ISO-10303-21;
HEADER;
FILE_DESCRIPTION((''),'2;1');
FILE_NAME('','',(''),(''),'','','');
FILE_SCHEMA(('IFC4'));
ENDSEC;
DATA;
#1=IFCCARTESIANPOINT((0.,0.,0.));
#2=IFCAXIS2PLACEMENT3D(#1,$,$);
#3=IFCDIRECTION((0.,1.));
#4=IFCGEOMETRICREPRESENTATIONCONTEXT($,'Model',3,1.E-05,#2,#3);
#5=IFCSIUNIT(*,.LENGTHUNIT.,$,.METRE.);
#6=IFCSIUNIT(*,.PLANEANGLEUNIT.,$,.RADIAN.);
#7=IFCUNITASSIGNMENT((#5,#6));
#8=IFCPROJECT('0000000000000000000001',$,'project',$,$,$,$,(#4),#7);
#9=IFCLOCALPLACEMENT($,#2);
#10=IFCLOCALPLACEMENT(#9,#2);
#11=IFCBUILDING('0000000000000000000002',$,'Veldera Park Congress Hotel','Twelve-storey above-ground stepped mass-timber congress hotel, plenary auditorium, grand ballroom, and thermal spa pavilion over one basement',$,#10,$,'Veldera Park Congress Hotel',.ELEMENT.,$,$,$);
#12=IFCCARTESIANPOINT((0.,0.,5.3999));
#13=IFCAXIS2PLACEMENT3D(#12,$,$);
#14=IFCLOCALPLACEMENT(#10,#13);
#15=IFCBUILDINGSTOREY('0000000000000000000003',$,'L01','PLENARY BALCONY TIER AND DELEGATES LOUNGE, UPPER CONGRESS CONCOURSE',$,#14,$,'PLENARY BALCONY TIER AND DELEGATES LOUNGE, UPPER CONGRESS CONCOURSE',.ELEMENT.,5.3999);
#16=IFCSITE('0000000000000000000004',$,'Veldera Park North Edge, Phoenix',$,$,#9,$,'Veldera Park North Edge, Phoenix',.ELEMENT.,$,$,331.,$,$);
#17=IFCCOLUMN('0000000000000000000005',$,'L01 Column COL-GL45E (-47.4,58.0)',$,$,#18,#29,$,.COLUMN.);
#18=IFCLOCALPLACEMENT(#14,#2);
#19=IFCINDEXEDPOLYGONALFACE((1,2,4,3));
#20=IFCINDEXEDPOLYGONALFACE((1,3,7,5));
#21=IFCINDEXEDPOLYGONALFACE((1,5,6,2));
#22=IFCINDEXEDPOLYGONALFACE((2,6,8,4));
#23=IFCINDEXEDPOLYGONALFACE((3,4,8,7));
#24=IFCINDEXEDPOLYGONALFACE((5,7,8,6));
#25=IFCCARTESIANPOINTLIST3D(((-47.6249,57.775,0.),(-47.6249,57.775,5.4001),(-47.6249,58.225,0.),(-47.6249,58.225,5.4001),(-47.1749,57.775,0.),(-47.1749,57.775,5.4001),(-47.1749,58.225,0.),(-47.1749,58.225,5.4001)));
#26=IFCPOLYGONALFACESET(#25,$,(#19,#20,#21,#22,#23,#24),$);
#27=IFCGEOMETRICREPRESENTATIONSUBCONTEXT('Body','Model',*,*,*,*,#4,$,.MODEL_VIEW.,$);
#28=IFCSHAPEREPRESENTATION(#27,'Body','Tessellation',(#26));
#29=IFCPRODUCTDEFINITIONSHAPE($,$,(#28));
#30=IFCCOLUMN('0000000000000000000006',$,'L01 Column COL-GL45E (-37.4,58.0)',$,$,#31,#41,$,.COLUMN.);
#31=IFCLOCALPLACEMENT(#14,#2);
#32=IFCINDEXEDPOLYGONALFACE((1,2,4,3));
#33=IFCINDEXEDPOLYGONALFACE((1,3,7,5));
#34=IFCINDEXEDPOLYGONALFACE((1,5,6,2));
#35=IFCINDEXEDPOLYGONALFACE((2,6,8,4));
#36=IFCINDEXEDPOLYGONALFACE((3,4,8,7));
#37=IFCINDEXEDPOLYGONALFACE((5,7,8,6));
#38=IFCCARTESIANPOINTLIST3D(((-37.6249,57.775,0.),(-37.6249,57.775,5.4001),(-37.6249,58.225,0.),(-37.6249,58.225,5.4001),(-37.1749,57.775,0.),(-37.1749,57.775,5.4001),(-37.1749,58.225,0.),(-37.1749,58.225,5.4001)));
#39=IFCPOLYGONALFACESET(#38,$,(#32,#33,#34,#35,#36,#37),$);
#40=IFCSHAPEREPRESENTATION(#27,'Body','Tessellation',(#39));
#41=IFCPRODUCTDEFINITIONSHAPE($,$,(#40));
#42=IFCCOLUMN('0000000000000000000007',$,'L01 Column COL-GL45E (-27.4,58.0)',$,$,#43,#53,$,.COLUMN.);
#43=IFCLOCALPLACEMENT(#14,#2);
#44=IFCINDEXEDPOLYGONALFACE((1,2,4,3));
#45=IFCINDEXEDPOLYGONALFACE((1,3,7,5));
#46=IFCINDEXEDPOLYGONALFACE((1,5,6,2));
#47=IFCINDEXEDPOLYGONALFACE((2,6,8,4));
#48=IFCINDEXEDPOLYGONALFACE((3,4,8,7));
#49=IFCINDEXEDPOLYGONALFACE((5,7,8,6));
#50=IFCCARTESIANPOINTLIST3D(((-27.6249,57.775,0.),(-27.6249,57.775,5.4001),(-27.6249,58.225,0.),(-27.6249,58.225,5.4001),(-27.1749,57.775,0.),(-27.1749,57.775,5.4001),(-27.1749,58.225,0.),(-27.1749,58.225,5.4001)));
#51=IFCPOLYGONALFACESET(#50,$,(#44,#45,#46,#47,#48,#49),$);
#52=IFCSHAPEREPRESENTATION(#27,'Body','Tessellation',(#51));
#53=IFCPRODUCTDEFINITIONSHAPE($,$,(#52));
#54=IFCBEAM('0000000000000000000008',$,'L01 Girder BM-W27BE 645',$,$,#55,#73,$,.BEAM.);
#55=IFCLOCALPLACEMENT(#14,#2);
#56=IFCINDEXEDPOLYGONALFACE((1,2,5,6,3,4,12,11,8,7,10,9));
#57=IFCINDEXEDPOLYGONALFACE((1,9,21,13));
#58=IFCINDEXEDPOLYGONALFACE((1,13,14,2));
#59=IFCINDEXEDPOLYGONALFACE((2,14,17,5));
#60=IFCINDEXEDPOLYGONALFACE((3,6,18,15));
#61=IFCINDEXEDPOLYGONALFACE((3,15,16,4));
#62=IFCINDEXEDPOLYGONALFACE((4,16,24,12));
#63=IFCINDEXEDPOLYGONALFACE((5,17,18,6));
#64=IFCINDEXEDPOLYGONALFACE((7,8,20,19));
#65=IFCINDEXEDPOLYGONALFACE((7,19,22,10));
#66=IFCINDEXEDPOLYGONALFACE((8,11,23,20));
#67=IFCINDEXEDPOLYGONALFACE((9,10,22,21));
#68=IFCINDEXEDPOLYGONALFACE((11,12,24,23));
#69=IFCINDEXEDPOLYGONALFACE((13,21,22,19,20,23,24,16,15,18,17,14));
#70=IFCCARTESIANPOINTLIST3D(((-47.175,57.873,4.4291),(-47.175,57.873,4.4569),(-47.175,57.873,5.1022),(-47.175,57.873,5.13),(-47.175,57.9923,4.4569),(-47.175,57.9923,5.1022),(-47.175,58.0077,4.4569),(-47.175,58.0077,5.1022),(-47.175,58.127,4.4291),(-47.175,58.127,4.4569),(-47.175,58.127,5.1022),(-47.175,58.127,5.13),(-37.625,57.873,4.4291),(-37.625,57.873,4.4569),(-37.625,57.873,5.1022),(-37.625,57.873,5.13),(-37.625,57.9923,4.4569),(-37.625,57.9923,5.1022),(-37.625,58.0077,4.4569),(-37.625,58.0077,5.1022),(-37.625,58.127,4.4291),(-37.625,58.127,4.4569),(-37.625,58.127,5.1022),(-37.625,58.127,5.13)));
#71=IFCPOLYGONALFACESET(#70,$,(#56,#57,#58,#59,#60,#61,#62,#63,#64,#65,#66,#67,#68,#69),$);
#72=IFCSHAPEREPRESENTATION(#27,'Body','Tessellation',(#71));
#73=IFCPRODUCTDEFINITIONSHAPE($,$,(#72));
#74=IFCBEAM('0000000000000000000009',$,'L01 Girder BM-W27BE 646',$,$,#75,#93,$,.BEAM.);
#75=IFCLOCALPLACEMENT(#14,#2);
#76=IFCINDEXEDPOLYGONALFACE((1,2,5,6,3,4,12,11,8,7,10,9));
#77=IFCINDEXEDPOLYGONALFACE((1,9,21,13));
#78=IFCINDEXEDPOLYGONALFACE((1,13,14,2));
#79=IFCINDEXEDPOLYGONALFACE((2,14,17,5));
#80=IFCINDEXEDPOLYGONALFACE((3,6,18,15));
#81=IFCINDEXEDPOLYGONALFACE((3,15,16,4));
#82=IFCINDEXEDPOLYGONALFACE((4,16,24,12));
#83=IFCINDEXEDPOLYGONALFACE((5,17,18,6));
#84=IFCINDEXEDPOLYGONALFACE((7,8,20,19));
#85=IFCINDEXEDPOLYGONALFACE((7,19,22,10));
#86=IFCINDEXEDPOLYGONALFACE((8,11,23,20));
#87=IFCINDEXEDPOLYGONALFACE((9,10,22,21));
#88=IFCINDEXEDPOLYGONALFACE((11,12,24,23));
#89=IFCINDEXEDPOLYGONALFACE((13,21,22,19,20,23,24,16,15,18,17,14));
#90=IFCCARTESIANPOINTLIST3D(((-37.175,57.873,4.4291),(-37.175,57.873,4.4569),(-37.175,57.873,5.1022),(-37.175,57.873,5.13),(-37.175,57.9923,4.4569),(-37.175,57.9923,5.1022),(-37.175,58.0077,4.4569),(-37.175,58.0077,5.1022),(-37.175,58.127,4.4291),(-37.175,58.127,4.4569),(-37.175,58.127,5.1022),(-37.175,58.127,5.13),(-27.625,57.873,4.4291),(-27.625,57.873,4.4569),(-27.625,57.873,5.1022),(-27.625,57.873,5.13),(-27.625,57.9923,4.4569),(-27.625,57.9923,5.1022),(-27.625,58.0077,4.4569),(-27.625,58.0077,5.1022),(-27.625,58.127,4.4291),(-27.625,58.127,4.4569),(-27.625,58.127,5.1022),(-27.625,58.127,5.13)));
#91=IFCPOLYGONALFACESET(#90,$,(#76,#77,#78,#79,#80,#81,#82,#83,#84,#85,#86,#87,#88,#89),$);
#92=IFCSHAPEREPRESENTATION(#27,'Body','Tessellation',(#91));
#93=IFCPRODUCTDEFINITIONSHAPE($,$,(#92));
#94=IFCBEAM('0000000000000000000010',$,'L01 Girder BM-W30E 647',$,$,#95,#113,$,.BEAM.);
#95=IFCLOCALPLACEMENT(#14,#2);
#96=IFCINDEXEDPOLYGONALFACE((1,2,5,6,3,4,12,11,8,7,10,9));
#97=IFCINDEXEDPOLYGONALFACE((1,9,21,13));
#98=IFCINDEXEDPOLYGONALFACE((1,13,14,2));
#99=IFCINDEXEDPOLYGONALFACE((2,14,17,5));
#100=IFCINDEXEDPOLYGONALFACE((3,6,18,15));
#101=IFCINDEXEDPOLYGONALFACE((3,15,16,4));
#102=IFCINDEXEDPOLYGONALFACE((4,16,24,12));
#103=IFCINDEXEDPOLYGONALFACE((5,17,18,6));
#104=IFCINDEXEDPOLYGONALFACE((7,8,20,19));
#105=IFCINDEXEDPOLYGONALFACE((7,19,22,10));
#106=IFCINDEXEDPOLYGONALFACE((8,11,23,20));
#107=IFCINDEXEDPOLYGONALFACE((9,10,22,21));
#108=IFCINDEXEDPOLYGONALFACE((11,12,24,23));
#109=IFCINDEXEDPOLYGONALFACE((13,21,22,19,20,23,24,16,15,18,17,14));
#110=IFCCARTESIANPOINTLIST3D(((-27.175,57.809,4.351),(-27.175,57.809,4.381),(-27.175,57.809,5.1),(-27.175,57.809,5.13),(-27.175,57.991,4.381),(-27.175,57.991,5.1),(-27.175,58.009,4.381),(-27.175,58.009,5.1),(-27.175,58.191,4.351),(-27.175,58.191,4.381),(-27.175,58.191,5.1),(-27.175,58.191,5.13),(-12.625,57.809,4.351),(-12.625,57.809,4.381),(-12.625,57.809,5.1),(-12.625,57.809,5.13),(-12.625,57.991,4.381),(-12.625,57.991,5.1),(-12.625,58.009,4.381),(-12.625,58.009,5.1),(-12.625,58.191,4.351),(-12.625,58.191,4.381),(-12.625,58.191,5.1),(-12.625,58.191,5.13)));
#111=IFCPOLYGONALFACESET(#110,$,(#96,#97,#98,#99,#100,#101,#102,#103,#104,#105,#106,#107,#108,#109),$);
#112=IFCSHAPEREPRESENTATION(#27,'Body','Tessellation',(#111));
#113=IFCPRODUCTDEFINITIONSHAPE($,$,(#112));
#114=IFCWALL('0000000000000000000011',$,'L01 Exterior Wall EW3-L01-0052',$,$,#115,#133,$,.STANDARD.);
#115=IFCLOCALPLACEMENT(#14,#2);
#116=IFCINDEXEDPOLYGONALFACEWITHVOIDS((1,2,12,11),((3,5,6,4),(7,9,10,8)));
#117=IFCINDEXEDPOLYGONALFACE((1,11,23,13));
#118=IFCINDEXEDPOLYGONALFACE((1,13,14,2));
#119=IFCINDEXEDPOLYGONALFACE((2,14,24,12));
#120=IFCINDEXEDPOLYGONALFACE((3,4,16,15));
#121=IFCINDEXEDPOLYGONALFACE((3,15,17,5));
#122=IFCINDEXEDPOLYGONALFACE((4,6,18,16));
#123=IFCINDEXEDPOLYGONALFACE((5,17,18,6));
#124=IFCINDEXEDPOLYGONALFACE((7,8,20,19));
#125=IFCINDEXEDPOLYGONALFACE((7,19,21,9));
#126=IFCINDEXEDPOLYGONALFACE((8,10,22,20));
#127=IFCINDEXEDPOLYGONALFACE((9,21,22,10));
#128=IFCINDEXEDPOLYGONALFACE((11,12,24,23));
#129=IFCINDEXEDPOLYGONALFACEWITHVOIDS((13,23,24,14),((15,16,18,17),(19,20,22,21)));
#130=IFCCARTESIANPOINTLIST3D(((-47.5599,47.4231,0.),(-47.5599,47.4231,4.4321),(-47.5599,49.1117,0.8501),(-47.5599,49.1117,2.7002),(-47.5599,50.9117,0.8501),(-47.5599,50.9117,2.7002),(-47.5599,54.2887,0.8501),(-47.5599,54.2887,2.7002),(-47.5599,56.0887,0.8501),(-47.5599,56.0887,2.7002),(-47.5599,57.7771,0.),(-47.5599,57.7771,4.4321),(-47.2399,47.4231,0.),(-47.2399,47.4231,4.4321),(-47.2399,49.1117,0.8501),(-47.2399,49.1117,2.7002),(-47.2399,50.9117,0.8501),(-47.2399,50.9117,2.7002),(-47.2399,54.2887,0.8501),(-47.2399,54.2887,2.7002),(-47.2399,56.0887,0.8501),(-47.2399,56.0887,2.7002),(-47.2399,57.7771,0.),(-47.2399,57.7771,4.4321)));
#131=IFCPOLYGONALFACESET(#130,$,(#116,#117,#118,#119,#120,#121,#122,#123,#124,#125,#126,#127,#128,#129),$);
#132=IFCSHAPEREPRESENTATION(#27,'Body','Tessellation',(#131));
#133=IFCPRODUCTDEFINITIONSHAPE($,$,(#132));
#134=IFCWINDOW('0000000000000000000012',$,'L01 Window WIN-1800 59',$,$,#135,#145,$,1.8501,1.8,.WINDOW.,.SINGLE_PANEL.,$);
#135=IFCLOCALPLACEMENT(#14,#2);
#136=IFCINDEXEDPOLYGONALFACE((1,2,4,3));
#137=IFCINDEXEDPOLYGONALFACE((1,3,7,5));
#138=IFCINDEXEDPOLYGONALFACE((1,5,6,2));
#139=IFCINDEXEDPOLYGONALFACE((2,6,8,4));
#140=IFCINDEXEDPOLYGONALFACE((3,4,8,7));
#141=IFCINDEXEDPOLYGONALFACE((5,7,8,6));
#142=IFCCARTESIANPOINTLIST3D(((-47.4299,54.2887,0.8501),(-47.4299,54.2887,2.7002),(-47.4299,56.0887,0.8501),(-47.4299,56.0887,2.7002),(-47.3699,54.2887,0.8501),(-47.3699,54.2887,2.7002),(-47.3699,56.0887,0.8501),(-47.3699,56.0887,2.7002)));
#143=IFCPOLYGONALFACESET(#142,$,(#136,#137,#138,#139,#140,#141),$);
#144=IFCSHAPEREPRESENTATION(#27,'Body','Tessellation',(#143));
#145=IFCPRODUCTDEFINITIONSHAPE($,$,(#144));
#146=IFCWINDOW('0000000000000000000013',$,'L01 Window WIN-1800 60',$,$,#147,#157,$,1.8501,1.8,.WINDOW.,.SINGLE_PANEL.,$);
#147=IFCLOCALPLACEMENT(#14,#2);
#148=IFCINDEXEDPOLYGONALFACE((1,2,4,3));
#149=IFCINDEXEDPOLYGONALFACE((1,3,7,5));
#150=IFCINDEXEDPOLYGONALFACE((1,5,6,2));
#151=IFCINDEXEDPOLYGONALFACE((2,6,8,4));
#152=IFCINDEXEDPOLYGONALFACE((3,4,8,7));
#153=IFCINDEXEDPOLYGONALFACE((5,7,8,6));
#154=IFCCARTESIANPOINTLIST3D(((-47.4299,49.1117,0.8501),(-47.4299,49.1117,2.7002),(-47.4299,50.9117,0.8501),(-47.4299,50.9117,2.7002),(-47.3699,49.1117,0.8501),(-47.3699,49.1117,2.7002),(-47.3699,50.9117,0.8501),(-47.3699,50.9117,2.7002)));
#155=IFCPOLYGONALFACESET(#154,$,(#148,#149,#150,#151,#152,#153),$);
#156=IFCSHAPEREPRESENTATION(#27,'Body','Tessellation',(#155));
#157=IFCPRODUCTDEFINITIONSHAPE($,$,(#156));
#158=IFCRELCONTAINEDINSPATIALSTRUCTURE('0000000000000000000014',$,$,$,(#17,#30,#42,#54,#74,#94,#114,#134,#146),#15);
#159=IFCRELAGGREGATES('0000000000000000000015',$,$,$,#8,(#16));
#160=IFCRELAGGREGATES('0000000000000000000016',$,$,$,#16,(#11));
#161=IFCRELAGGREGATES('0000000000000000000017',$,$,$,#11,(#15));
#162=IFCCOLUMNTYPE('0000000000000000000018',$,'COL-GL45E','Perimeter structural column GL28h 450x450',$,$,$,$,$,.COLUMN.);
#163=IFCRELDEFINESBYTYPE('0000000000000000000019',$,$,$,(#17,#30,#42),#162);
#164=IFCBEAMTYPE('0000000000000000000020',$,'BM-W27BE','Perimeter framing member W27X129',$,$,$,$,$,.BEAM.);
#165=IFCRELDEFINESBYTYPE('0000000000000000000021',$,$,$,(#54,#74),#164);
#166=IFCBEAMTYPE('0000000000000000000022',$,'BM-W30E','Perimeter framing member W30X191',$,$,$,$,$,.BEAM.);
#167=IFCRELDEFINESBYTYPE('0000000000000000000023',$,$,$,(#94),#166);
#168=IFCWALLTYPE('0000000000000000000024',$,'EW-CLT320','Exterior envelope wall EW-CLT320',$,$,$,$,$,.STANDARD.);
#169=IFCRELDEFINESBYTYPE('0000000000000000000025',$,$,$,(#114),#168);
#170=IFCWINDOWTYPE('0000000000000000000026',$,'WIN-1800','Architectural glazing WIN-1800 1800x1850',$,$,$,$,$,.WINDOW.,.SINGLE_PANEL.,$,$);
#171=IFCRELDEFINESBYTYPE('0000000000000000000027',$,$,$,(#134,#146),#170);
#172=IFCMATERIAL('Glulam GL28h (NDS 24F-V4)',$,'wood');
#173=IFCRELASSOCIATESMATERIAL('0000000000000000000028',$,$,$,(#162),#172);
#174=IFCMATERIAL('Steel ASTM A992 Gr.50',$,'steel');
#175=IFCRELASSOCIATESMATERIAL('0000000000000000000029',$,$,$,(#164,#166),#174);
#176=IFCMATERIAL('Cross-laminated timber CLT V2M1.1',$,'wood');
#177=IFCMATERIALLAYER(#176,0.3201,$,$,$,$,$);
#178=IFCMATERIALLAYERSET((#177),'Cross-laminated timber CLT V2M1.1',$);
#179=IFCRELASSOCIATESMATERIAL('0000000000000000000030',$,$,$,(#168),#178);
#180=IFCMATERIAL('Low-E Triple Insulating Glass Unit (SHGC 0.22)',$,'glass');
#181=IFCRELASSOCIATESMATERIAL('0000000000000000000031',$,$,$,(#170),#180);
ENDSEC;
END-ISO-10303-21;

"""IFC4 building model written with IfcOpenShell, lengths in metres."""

from ifc_helpers import new_model, si_unit, direction, frame, frame_2d, origin, origin_2d, place, context, subcontext, project, spatial, rectangle, i_section, extrude, material, layer, layer_set, material_profile, profile_set, type_object, element, fill, save


model = new_model("IFC4")

# Units and contexts
model_context = context("Model", 3, precision=1e-05, world=origin(), true_north=direction((0.0, 1.0)))
body_context = subcontext(model_context, "Body", "Model", "MODEL_VIEW")
ifc_project = project(units=[si_unit("LENGTHUNIT", "METRE"), si_unit("PLANEANGLEUNIT", "RADIAN")], contexts=[model_context])

# Site, building, storey
site_placement = place(None, origin())
site = spatial("IfcSite", under=ifc_project, at=site_placement, Name="Veldera Park North Edge, Phoenix", LongName="Veldera Park North Edge, Phoenix", CompositionType="ELEMENT", RefElevation=331.0)
building_placement = place(site_placement, origin())
building = spatial("IfcBuilding", under=site, at=building_placement, Name="Veldera Park Congress Hotel", Description="Twelve-storey above-ground stepped mass-timber congress hotel, plenary auditorium, grand ballroom, and thermal spa pavilion over one basement", LongName="Veldera Park Congress Hotel", CompositionType="ELEMENT")
storey_placement = place(building_placement, frame((0.0, 0.0, 5.3999)))
storey = spatial("IfcBuildingStorey", under=building, at=storey_placement, Name="L01", Description="PLENARY BALCONY TIER AND DELEGATES LOUNGE, UPPER CONGRESS CONCOURSE", LongName="PLENARY BALCONY TIER AND DELEGATES LOUNGE, UPPER CONGRESS CONCOURSE", CompositionType="ELEMENT", Elevation=5.3999)

# Columns
ifc_material_1 = material(Name="Glulam GL28h (NDS 24F-V4)", Category="wood")
ifc_material_profile_1 = material_profile(ifc_material_1, rectangle(XDim=0.45, YDim=0.45, at=origin_2d()), Name="GL28h 450x450")
ifc_profile_set_1 = profile_set([ifc_material_profile_1], Name="Glulam GL28h (NDS 24F-V4)")
column_type = type_object("IfcColumnType", Name="COL-GL45E", Description="Perimeter structural column GL28h 450x450", PredefinedType="COLUMN", material=ifc_profile_set_1)
for number, where, z_axis, x_axis, name in (
    (1, (-47.3999, 58.0, 0.0), (0.0, 0.0, 1.0), (1.0, 0.0, 0.0), "L01 Column COL-GL45E (-47.4,58.0)"),
    (2, (-37.3999, 58.0, 0.0), (0.0, 0.0, 1.0), (1.0, 0.0, 0.0), "L01 Column COL-GL45E (-37.4,58.0)"),
    (3, (-27.3999, 58.0, 0.0), (0.0, 0.0, 1.0), (1.0, 0.0, 0.0), "L01 Column COL-GL45E (-27.4,58.0)"),
):
    element("IfcColumn", number, at=place(storey_placement, frame(where, z_axis=z_axis, x_axis=x_axis)), inside=storey, type_object=column_type, Name=name, PredefinedType="COLUMN", context=body_context, shape_type="SweptSolid", body=[
        extrude(rectangle(XDim=0.45, YDim=0.45, at=origin_2d()), origin(), (0.0, 0.0, 1.0), 5.4001),
    ])

# Beams
ifc_material_2 = material(Name="Steel ASTM A992 Gr.50", Category="steel")
ifc_material_profile_2 = material_profile(ifc_material_2, i_section(OverallWidth=0.2539, OverallDepth=0.7009, WebThickness=0.0154, FlangeThickness=0.0278, at=origin_2d()), Name="W27X129")
ifc_profile_set_2 = profile_set([ifc_material_profile_2], Name="Steel ASTM A992 Gr.50")
beam_type_1 = type_object("IfcBeamType", Name="BM-W27BE", Description="Perimeter framing member W27X129", PredefinedType="BEAM", material=ifc_profile_set_2)
for number, where, z_axis, x_axis, name in (
    (4, (-47.175, 58.0, 4.7795), (1.0, 0.0, 0.0), (0.0, 1.0, 0.0), "L01 Girder BM-W27BE 645"),
    (5, (-37.175, 58.0, 4.7795), (1.0, 0.0, 0.0), (0.0, 1.0, 0.0), "L01 Girder BM-W27BE 646"),
):
    element("IfcBeam", number, at=place(storey_placement, frame(where, z_axis=z_axis, x_axis=x_axis)), inside=storey, type_object=beam_type_1, Name=name, PredefinedType="BEAM", context=body_context, shape_type="SweptSolid", body=[
        extrude(i_section(OverallWidth=0.2539, OverallDepth=0.7009, WebThickness=0.0154, FlangeThickness=0.0278, at=origin_2d()), origin(), (0.0, 0.0, 1.0), 9.55),
    ])
ifc_material_profile_3 = material_profile(ifc_material_2, i_section(OverallWidth=0.3821, OverallDepth=0.7791, WebThickness=0.0181, FlangeThickness=0.03, at=origin_2d()), Name="W30X191")
ifc_profile_set_3 = profile_set([ifc_material_profile_3], Name="Steel ASTM A992 Gr.50")
beam_type_2 = type_object("IfcBeamType", Name="BM-W30E", Description="Perimeter framing member W30X191", PredefinedType="BEAM", material=ifc_profile_set_3)
beam_placement = place(storey_placement, frame((-27.175, 58.0, 4.7405), z_axis=(1.0, 0.0, 0.0), x_axis=(0.0, 1.0, 0.0)))
element("IfcBeam", 6, at=beam_placement, inside=storey, type_object=beam_type_2, Name="L01 Girder BM-W30E 647", PredefinedType="BEAM", context=body_context, shape_type="SweptSolid", body=[
    extrude(i_section(OverallWidth=0.3821, OverallDepth=0.7791, WebThickness=0.0181, FlangeThickness=0.03, at=origin_2d()), origin(), (0.0, 0.0, 1.0), 14.55),
])

# Wall, openings, windows
ifc_material_3 = material(Name="Cross-laminated timber CLT V2M1.1", Category="wood")
ifc_layer_1 = layer(ifc_material_3, 0.3201)
ifc_layer_set_1 = layer_set([ifc_layer_1], Name="Cross-laminated timber CLT V2M1.1")
wall_type_1 = type_object("IfcWallType", Name="EW-CLT320", Description="Exterior envelope wall EW-CLT320", PredefinedType="STANDARD", material=ifc_layer_set_1)
wall_1_placement = place(storey_placement, frame((-47.3999, 57.7771, 0.0), z_axis=(0.0, 0.0, 1.0), x_axis=(0.0, -1.0, 0.0)))
wall_1 = element("IfcWall", 7, at=wall_1_placement, inside=storey, type_object=wall_type_1, Name="L01 Exterior Wall EW3-L01-0052", PredefinedType="STANDARD", context=body_context, shape_type="SweptSolid", body=[
    extrude(rectangle(XDim=10.354, YDim=0.3201, at=frame_2d((5.177, 0.0))), origin(), (0.0, 0.0, 1.0), 4.4321),
])
opening_1_placement = place(wall_1_placement, frame((1.6885, 0.0, 0.8501)))
opening_1 = element("IfcOpeningElement", 8, at=opening_1_placement, cuts=wall_1, PredefinedType="OPENING", context=body_context, shape_type="SweptSolid", body=[
    extrude(rectangle(XDim=1.8, YDim=1.8501, at=frame_2d((0.8999, 0.925))), frame((0.0, 0.1721, 0.0), z_axis=(0.0, -1.0, 0.0), x_axis=(1.0, 0.0, 0.0)), (0.0, 0.0, 1.0), 0.344),
])
opening_2_placement = place(wall_1_placement, frame((6.8655, 0.0, 0.8501)))
opening_2 = element("IfcOpeningElement", 9, at=opening_2_placement, cuts=wall_1, PredefinedType="OPENING", context=body_context, shape_type="SweptSolid", body=[
    extrude(rectangle(XDim=1.8, YDim=1.8501, at=frame_2d((0.8999, 0.925))), frame((0.0, 0.1721, 0.0), z_axis=(0.0, -1.0, 0.0), x_axis=(1.0, 0.0, 0.0)), (0.0, 0.0, 1.0), 0.344),
])
ifc_material_4 = material(Name="Low-E Triple Insulating Glass Unit (SHGC 0.22)", Category="glass")
window_type = type_object("IfcWindowType", Name="WIN-1800", Description="Architectural glazing WIN-1800 1800x1850", PartitioningType="SINGLE_PANEL", PredefinedType="WINDOW", material=ifc_material_4)
window_1_placement = place(opening_1_placement, origin())
window_1 = element("IfcWindow", 10, at=window_1_placement, inside=storey, type_object=window_type, Name="L01 Window WIN-1800 59", OverallHeight=1.8501, OverallWidth=1.8, PartitioningType="SINGLE_PANEL", PredefinedType="WINDOW", context=body_context, shape_type="SweptSolid", body=[
    extrude(rectangle(XDim=1.8, YDim=1.8501, at=frame_2d((0.8999, 0.925))), frame((0.0, 0.03, 0.0), z_axis=(0.0, -1.0, 0.0), x_axis=(1.0, 0.0, 0.0)), (0.0, 0.0, 1.0), 0.0601),
])
fill(opening_1, window_1)
window_2_placement = place(opening_2_placement, origin())
window_2 = element("IfcWindow", 11, at=window_2_placement, inside=storey, type_object=window_type, Name="L01 Window WIN-1800 60", OverallHeight=1.8501, OverallWidth=1.8, PartitioningType="SINGLE_PANEL", PredefinedType="WINDOW", context=body_context, shape_type="SweptSolid", body=[
    extrude(rectangle(XDim=1.8, YDim=1.8501, at=frame_2d((0.8999, 0.925))), frame((0.0, 0.03, 0.0), z_axis=(0.0, -1.0, 0.0), x_axis=(1.0, 0.0, 0.0)), (0.0, 0.0, 1.0), 0.0601),
])
fill(opening_2, window_2)

save(model, "model.ifc")
